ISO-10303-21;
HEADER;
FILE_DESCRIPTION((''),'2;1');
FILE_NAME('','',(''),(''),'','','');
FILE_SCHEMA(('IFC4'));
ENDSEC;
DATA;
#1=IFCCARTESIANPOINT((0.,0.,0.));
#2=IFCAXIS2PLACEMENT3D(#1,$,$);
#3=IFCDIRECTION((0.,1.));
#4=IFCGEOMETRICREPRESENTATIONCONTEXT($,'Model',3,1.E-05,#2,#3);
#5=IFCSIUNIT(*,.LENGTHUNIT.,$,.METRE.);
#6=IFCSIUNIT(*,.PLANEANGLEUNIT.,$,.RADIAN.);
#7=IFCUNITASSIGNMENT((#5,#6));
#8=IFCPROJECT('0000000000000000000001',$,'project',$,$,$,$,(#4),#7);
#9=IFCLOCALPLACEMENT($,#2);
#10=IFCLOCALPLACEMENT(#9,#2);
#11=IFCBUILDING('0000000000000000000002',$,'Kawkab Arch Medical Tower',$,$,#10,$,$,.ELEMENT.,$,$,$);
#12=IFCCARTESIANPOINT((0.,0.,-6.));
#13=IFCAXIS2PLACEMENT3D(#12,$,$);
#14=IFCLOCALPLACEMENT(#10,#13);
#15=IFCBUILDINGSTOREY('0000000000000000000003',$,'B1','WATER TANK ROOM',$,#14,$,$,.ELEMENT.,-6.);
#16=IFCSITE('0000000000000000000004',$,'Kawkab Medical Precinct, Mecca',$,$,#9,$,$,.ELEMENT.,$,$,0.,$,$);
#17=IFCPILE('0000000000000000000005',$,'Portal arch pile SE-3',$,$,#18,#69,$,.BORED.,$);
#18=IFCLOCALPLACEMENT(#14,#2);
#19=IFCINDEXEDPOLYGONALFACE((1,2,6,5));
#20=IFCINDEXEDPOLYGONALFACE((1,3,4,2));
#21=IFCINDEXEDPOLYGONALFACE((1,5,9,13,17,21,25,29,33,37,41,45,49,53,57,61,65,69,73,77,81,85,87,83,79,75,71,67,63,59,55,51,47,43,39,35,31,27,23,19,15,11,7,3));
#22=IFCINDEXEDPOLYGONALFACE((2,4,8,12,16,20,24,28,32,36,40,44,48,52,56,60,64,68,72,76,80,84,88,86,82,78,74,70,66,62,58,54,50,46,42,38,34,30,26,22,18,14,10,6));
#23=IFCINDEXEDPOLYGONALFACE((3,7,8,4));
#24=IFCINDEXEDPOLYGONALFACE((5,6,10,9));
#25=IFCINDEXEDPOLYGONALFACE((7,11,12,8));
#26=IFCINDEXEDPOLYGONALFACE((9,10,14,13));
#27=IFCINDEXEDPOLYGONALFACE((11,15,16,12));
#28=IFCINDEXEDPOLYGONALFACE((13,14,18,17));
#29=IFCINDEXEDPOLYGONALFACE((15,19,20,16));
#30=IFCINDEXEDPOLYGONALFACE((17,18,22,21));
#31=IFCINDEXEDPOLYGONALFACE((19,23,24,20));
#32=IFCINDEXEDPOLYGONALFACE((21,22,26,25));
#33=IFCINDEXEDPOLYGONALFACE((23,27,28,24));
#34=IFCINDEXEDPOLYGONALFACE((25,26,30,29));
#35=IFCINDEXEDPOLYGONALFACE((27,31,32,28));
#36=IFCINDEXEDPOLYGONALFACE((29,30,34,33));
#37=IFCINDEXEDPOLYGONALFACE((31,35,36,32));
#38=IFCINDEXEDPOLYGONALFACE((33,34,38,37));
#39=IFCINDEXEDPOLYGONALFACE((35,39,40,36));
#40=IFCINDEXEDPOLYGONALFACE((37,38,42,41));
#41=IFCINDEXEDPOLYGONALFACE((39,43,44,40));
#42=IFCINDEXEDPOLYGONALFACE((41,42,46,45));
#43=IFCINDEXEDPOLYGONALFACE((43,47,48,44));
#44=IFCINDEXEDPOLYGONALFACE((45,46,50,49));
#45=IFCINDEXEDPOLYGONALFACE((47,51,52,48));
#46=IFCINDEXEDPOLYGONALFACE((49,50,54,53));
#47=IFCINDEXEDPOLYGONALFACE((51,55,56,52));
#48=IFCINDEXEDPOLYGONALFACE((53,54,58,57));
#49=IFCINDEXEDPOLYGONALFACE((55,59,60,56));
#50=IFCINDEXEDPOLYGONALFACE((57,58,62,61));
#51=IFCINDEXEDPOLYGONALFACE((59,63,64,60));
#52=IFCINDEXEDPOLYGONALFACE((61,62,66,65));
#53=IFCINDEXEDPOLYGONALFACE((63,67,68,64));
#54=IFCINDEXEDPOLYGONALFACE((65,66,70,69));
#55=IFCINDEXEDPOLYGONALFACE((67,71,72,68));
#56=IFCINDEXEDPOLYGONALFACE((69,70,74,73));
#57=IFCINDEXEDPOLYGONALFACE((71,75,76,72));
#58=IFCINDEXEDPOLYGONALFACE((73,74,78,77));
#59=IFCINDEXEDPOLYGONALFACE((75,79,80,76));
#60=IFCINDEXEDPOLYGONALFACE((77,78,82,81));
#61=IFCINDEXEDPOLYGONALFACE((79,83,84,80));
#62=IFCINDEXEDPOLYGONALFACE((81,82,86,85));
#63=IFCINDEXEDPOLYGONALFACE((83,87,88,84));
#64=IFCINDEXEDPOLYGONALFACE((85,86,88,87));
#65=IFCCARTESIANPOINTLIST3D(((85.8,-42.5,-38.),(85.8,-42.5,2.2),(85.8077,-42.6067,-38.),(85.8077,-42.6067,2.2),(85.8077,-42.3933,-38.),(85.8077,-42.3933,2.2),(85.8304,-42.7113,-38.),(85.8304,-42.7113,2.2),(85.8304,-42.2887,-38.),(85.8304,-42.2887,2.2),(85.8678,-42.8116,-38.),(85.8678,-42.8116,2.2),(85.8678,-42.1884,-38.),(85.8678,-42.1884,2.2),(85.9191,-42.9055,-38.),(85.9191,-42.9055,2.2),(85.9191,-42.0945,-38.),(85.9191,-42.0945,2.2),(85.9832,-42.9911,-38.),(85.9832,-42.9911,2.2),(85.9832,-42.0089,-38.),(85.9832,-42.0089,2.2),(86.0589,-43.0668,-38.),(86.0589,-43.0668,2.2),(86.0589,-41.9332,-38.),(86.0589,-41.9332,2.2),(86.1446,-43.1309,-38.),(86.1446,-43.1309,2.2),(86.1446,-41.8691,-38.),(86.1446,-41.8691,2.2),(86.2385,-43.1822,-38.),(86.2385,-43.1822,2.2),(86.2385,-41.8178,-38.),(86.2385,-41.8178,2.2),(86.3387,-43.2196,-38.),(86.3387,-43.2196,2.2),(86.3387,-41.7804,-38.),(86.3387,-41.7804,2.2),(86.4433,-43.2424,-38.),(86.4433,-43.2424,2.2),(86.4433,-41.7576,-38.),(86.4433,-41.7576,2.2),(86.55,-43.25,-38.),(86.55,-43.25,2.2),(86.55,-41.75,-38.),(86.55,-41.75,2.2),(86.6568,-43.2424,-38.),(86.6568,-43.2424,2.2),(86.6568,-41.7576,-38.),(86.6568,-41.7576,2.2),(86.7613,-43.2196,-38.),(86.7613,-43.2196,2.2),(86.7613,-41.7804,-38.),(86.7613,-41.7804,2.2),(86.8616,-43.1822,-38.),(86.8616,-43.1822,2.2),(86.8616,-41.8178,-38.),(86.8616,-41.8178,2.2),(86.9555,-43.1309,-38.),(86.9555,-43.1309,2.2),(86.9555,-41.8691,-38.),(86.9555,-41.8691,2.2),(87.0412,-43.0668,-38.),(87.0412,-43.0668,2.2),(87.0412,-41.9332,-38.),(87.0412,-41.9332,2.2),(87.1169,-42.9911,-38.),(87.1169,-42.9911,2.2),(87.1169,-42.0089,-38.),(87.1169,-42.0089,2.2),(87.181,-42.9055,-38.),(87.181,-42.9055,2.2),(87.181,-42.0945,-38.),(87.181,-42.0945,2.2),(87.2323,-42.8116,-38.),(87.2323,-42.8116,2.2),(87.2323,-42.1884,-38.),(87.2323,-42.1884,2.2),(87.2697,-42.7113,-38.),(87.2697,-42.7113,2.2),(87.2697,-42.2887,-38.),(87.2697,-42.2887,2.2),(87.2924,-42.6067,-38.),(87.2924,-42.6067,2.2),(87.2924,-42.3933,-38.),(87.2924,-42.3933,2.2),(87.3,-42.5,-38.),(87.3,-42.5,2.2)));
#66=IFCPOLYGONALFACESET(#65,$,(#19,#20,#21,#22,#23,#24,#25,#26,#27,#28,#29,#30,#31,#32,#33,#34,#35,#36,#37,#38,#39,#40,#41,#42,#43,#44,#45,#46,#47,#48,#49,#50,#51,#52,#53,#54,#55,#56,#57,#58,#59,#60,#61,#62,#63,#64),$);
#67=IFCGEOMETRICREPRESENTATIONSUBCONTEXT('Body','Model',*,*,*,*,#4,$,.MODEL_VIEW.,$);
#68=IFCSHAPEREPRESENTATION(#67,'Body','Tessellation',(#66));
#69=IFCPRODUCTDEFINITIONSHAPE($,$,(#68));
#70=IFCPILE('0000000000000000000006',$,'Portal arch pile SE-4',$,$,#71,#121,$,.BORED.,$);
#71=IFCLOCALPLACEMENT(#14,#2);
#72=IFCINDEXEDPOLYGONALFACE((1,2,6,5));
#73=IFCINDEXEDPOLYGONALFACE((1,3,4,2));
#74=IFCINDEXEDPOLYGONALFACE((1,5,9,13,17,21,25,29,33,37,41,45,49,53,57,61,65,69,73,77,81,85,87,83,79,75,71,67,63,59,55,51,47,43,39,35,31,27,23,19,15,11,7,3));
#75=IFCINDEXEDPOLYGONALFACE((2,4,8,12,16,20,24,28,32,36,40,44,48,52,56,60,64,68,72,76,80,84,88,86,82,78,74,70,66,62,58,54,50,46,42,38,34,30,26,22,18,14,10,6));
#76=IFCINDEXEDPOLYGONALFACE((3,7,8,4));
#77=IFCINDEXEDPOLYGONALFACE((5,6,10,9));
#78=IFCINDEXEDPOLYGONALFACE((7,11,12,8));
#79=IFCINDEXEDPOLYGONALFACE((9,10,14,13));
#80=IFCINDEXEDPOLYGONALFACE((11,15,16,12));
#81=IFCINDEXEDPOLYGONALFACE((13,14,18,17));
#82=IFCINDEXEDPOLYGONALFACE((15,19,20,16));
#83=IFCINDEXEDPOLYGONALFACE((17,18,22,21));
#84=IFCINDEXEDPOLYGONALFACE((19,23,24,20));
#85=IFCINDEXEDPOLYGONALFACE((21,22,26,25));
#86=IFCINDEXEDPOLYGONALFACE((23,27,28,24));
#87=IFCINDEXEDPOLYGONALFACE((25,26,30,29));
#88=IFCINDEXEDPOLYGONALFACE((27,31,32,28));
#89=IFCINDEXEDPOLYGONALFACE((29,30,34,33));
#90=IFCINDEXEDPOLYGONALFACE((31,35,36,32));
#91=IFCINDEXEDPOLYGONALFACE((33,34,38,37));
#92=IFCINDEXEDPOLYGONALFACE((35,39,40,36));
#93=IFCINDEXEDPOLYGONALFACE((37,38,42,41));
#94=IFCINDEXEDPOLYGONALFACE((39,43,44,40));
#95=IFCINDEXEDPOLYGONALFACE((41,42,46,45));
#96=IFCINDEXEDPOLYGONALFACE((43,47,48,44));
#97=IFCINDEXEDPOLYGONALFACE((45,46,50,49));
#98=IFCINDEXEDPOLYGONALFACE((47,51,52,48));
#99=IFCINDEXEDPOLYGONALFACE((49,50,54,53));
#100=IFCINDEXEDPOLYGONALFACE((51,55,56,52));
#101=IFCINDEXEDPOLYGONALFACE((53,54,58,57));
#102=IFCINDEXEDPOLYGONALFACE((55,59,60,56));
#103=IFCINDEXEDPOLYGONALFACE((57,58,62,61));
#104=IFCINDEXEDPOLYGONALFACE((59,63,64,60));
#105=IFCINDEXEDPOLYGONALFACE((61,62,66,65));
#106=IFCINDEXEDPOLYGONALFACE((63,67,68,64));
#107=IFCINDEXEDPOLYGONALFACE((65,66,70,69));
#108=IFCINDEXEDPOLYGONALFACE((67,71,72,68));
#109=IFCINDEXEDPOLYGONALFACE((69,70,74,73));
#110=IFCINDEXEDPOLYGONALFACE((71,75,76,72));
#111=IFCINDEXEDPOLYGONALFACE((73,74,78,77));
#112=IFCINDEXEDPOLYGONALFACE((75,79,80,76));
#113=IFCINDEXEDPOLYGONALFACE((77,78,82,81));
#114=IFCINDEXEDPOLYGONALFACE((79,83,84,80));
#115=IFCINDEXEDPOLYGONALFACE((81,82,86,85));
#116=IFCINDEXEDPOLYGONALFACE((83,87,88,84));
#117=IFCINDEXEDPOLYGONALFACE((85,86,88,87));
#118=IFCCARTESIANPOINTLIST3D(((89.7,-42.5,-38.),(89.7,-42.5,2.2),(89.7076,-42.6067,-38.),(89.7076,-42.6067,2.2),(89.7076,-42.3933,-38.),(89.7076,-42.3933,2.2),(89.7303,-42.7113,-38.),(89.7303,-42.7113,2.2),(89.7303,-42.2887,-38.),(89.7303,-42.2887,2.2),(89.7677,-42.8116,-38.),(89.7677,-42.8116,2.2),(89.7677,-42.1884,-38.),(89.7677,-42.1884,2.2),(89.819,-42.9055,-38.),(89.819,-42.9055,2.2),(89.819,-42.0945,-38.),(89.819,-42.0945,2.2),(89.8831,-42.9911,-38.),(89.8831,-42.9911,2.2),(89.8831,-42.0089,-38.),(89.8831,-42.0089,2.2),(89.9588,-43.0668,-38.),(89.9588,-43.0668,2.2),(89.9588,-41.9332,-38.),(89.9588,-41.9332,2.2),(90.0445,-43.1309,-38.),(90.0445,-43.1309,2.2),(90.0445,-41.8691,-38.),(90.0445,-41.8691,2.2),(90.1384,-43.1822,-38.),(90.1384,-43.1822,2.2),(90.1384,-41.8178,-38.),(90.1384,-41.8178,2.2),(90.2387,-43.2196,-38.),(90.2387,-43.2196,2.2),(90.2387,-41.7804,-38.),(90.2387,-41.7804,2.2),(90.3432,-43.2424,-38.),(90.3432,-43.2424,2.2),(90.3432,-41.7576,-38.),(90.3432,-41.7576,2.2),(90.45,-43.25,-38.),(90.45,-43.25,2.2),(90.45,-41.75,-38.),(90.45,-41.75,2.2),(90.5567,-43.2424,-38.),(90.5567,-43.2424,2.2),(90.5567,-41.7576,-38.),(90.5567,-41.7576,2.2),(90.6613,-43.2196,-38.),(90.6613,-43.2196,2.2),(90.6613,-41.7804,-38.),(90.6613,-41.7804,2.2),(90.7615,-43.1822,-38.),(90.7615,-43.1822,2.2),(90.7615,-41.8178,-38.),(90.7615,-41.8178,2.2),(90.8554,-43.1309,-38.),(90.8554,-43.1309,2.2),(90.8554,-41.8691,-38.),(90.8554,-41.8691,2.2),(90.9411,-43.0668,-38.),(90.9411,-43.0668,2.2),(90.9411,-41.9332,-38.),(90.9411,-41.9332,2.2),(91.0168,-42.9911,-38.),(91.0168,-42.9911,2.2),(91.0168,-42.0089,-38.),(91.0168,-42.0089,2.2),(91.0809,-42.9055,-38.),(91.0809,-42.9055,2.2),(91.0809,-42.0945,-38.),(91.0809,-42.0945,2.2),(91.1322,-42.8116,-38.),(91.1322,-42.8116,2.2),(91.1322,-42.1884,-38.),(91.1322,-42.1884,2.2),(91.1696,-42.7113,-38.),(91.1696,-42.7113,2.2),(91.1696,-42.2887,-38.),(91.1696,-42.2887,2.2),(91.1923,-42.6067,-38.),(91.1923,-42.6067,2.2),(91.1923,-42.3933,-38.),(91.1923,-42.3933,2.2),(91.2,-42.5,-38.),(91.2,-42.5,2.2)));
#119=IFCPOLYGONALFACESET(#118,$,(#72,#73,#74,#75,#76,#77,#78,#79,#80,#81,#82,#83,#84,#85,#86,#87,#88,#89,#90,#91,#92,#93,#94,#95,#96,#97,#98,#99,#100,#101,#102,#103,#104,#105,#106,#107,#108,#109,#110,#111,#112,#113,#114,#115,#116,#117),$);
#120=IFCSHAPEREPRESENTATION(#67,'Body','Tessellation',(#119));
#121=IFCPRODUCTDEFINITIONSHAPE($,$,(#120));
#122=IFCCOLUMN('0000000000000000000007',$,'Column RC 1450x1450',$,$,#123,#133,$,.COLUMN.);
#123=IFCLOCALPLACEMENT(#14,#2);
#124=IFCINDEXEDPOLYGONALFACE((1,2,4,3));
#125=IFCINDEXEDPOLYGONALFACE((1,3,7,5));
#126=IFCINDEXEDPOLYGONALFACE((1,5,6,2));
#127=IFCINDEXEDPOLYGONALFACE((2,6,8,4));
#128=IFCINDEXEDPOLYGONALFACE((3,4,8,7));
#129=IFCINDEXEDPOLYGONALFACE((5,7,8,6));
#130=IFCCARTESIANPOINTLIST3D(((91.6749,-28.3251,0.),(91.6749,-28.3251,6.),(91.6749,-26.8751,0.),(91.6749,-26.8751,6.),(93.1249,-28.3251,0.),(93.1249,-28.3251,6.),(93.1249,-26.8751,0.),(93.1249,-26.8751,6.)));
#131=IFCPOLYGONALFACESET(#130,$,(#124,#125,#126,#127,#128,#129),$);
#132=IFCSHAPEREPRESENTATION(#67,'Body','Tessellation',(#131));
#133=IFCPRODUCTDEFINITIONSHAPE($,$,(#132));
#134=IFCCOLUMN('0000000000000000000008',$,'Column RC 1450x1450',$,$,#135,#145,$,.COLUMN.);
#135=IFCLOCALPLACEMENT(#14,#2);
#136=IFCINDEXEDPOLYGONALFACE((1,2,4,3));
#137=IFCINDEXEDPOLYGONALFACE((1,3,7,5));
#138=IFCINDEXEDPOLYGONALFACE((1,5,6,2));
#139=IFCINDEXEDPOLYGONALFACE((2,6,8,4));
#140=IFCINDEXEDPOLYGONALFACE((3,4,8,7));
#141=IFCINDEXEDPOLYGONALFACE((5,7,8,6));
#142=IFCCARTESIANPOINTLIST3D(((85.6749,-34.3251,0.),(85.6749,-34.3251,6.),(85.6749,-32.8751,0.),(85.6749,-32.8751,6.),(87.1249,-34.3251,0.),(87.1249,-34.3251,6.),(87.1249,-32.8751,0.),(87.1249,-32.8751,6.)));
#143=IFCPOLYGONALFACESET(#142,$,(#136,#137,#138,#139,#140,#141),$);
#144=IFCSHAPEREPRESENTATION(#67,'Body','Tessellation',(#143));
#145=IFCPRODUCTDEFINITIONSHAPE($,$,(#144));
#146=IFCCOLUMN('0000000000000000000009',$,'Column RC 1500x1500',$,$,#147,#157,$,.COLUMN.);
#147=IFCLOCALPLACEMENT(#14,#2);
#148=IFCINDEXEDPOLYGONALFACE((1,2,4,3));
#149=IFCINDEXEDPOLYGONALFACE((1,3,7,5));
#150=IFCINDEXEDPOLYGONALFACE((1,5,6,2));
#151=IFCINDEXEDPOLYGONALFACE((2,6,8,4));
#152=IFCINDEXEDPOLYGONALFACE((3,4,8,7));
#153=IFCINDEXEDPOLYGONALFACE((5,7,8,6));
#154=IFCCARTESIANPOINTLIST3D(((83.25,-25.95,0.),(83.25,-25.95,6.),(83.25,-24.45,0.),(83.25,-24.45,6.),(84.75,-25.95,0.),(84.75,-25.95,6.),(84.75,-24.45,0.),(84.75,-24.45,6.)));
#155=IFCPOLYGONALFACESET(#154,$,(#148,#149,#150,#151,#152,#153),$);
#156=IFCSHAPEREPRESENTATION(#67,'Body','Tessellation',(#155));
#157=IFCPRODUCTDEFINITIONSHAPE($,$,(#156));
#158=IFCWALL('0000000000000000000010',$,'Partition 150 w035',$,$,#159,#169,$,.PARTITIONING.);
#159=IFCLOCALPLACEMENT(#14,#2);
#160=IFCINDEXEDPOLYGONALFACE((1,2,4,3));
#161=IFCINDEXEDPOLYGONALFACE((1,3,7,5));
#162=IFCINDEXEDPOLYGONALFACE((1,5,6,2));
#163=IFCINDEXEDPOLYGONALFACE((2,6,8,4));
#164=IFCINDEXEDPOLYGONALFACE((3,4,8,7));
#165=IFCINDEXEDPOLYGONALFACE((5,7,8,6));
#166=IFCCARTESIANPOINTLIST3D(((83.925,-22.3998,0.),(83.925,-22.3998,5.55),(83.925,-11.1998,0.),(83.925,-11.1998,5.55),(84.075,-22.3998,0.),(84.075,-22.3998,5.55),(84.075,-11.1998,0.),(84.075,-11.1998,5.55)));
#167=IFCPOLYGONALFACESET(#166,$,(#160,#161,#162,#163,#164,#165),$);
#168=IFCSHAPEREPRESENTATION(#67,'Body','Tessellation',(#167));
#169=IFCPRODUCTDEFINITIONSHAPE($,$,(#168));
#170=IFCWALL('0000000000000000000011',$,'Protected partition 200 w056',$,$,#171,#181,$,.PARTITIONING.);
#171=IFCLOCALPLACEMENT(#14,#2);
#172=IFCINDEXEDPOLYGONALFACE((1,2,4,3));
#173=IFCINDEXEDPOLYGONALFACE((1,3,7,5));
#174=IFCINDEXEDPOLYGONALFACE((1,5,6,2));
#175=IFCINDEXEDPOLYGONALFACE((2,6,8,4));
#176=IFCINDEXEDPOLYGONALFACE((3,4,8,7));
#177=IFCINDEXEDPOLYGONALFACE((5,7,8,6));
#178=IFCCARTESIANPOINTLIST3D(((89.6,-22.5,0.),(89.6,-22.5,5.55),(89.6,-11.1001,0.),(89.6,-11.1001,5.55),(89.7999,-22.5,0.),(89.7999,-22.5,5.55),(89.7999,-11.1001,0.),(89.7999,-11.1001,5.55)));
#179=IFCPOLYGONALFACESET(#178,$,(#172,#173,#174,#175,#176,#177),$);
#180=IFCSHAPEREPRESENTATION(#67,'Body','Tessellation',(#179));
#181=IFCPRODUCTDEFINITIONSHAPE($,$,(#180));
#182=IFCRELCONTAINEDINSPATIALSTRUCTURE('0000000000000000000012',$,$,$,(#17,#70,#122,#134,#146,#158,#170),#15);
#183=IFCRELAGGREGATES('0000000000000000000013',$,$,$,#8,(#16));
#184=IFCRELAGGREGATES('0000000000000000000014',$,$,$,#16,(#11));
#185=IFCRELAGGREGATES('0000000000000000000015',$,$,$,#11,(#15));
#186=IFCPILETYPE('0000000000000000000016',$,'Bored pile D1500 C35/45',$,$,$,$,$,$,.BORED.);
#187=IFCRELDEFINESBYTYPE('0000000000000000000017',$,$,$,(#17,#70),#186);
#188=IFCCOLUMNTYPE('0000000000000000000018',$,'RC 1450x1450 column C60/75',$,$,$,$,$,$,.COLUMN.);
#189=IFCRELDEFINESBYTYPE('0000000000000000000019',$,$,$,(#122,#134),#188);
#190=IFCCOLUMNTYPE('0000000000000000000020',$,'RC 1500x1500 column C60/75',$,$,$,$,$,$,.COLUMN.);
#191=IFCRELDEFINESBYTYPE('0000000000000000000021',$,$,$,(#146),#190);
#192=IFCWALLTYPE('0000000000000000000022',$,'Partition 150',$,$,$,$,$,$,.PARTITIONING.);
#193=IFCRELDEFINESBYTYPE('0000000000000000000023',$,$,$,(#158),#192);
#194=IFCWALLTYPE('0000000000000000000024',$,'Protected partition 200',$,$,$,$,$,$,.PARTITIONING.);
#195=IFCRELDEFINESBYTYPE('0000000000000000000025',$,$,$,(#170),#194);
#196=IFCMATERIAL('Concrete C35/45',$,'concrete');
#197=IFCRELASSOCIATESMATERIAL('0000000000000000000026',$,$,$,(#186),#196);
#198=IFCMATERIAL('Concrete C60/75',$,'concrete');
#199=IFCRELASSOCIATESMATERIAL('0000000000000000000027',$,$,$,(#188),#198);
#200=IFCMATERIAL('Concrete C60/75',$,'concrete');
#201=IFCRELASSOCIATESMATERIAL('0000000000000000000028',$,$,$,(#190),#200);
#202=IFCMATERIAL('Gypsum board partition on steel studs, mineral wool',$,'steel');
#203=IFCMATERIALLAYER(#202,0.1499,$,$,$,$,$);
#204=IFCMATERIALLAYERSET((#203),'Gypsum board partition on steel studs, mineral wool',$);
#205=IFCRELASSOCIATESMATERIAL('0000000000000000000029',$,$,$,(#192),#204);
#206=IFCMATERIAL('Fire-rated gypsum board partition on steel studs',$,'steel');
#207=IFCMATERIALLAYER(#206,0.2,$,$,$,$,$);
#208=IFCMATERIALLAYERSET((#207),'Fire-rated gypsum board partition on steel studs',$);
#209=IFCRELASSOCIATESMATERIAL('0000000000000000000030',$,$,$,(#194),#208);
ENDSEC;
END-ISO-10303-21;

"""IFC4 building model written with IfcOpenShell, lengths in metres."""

from ifc_helpers import new_model, si_unit, direction, frame, frame_2d, origin, origin_2d, place, context, subcontext, project, spatial, rectangle, circle, extrude, material, layer, layer_set, material_profile, profile_set, type_object, element, save


model = new_model("IFC4")

# Units and contexts
model_context = context("Model", 3, precision=1e-05, world=origin(), true_north=direction((0.0, 1.0)))
body_context = subcontext(model_context, "Body", "Model", "MODEL_VIEW")
ifc_project = project(units=[si_unit("LENGTHUNIT", "METRE"), si_unit("PLANEANGLEUNIT", "RADIAN")], contexts=[model_context])

# Site, building, storey
site_placement = place(None, origin())
site = spatial("IfcSite", under=ifc_project, at=site_placement, Name="Kawkab Medical Precinct, Mecca", CompositionType="ELEMENT", RefElevation=0.0)
building_placement = place(site_placement, origin())
building = spatial("IfcBuilding", under=site, at=building_placement, Name="Kawkab Arch Medical Tower", CompositionType="ELEMENT")
storey_placement = place(building_placement, frame((0.0, 0.0, -6.0)))
storey = spatial("IfcBuildingStorey", under=building, at=storey_placement, Name="B1", Description="WATER TANK ROOM", CompositionType="ELEMENT", Elevation=-6.0)

# Piles
ifc_material_1 = material(Name="Concrete C35/45", Category="concrete")
ifc_material_profile_1 = material_profile(ifc_material_1, circle(Radius=0.75, at=origin_2d()), Name="Bored pile D1500")
ifc_profile_set_1 = profile_set([ifc_material_profile_1], Name="Concrete C35/45")
pile_type_1 = type_object("IfcPileType", Name="Bored pile D1500 C35/45", PredefinedType="BORED", material=ifc_profile_set_1)
for number, where, z_axis, x_axis, name in (
    (1, (86.55, -42.5, 2.2), (0.0, 0.0, -1.0), (1.0, 0.0, 0.0), "Portal arch pile SE-3"),
    (2, (90.45, -42.5, 2.2), (0.0, 0.0, -1.0), (1.0, 0.0, 0.0), "Portal arch pile SE-4"),
):
    element("IfcPile", number, at=place(storey_placement, frame(where, z_axis=z_axis, x_axis=x_axis)), inside=storey, type_object=pile_type_1, Name=name, PredefinedType="BORED", context=body_context, shape_type="SweptSolid", body=[
        extrude(circle(Radius=0.75, at=origin_2d()), origin(), (0.0, 0.0, 1.0), 40.2),
    ])

# Columns
ifc_material_2 = material(Name="Concrete C60/75", Category="concrete")
ifc_material_profile_2 = material_profile(ifc_material_2, rectangle(XDim=1.45, YDim=1.45, at=origin_2d()), Name="RC 1450x1450")
ifc_profile_set_2 = profile_set([ifc_material_profile_2], Name="Concrete C60/75")
column_type_1 = type_object("IfcColumnType", Name="RC 1450x1450 column C60/75", PredefinedType="COLUMN", material=ifc_profile_set_2)
for number, where, z_axis, x_axis, name in (
    (3, (92.3999, -27.6001, 0.0), (0.0, 0.0, 1.0), (1.0, 0.0, 0.0), "Column RC 1450x1450"),
    (4, (86.3999, -33.6001, 0.0), (0.0, 0.0, 1.0), (1.0, 0.0, 0.0), "Column RC 1450x1450"),
):
    element("IfcColumn", number, at=place(storey_placement, frame(where, z_axis=z_axis, x_axis=x_axis)), inside=storey, type_object=column_type_1, Name=name, PredefinedType="COLUMN", context=body_context, shape_type="SweptSolid", body=[
        extrude(rectangle(XDim=1.45, YDim=1.45, at=origin_2d()), origin(), (0.0, 0.0, 1.0), 6.0),
    ])
ifc_material_3 = material(Name="Concrete C60/75", Category="concrete")
ifc_material_profile_3 = material_profile(ifc_material_3, rectangle(XDim=1.5, YDim=1.5, at=origin_2d()), Name="RC 1500x1500")
ifc_profile_set_3 = profile_set([ifc_material_profile_3], Name="Concrete C60/75")
column_type_2 = type_object("IfcColumnType", Name="RC 1500x1500 column C60/75", PredefinedType="COLUMN", material=ifc_profile_set_3)
column_placement = place(storey_placement, frame((84.0, -25.2, 0.0), z_axis=(0.0, 0.0, 1.0), x_axis=(1.0, 0.0, 0.0)))
element("IfcColumn", 5, at=column_placement, inside=storey, type_object=column_type_2, Name="Column RC 1500x1500", PredefinedType="COLUMN", context=body_context, shape_type="SweptSolid", body=[
    extrude(rectangle(XDim=1.5, YDim=1.5, at=origin_2d()), origin(), (0.0, 0.0, 1.0), 6.0),
])

# Walls
ifc_material_4 = material(Name="Gypsum board partition on steel studs, mineral wool", Category="steel")
ifc_layer_1 = layer(ifc_material_4, 0.1499)
ifc_layer_set_1 = layer_set([ifc_layer_1], Name="Gypsum board partition on steel studs, mineral wool")
wall_type_1 = type_object("IfcWallType", Name="Partition 150", PredefinedType="PARTITIONING", material=ifc_layer_set_1)
wall_1_placement = place(storey_placement, frame((84.0, -22.3999, 0.0), z_axis=(0.0, 0.0, 1.0), x_axis=(0.0, 1.0, 0.0)))
element("IfcWall", 6, at=wall_1_placement, inside=storey, type_object=wall_type_1, Name="Partition 150 w035", PredefinedType="PARTITIONING", context=body_context, shape_type="SweptSolid", body=[
    extrude(rectangle(XDim=11.2, YDim=0.1499, at=frame_2d((5.6001, 0.0))), origin(), (0.0, 0.0, 1.0), 5.55),
])
ifc_material_5 = material(Name="Fire-rated gypsum board partition on steel studs", Category="steel")
ifc_layer_2 = layer(ifc_material_5, 0.2)
ifc_layer_set_2 = layer_set([ifc_layer_2], Name="Fire-rated gypsum board partition on steel studs")
wall_type_2 = type_object("IfcWallType", Name="Protected partition 200", PredefinedType="PARTITIONING", material=ifc_layer_set_2)
wall_2_placement = place(storey_placement, frame((89.7, -22.5, 0.0), z_axis=(0.0, 0.0, 1.0), x_axis=(0.0, 1.0, 0.0)))
element("IfcWall", 7, at=wall_2_placement, inside=storey, type_object=wall_type_2, Name="Protected partition 200 w056", PredefinedType="PARTITIONING", context=body_context, shape_type="SweptSolid", body=[
    extrude(rectangle(XDim=11.3999, YDim=0.2, at=frame_2d((5.7, 0.0))), origin(), (0.0, 0.0, 1.0), 5.55),
])

save(model, "model.ifc")
